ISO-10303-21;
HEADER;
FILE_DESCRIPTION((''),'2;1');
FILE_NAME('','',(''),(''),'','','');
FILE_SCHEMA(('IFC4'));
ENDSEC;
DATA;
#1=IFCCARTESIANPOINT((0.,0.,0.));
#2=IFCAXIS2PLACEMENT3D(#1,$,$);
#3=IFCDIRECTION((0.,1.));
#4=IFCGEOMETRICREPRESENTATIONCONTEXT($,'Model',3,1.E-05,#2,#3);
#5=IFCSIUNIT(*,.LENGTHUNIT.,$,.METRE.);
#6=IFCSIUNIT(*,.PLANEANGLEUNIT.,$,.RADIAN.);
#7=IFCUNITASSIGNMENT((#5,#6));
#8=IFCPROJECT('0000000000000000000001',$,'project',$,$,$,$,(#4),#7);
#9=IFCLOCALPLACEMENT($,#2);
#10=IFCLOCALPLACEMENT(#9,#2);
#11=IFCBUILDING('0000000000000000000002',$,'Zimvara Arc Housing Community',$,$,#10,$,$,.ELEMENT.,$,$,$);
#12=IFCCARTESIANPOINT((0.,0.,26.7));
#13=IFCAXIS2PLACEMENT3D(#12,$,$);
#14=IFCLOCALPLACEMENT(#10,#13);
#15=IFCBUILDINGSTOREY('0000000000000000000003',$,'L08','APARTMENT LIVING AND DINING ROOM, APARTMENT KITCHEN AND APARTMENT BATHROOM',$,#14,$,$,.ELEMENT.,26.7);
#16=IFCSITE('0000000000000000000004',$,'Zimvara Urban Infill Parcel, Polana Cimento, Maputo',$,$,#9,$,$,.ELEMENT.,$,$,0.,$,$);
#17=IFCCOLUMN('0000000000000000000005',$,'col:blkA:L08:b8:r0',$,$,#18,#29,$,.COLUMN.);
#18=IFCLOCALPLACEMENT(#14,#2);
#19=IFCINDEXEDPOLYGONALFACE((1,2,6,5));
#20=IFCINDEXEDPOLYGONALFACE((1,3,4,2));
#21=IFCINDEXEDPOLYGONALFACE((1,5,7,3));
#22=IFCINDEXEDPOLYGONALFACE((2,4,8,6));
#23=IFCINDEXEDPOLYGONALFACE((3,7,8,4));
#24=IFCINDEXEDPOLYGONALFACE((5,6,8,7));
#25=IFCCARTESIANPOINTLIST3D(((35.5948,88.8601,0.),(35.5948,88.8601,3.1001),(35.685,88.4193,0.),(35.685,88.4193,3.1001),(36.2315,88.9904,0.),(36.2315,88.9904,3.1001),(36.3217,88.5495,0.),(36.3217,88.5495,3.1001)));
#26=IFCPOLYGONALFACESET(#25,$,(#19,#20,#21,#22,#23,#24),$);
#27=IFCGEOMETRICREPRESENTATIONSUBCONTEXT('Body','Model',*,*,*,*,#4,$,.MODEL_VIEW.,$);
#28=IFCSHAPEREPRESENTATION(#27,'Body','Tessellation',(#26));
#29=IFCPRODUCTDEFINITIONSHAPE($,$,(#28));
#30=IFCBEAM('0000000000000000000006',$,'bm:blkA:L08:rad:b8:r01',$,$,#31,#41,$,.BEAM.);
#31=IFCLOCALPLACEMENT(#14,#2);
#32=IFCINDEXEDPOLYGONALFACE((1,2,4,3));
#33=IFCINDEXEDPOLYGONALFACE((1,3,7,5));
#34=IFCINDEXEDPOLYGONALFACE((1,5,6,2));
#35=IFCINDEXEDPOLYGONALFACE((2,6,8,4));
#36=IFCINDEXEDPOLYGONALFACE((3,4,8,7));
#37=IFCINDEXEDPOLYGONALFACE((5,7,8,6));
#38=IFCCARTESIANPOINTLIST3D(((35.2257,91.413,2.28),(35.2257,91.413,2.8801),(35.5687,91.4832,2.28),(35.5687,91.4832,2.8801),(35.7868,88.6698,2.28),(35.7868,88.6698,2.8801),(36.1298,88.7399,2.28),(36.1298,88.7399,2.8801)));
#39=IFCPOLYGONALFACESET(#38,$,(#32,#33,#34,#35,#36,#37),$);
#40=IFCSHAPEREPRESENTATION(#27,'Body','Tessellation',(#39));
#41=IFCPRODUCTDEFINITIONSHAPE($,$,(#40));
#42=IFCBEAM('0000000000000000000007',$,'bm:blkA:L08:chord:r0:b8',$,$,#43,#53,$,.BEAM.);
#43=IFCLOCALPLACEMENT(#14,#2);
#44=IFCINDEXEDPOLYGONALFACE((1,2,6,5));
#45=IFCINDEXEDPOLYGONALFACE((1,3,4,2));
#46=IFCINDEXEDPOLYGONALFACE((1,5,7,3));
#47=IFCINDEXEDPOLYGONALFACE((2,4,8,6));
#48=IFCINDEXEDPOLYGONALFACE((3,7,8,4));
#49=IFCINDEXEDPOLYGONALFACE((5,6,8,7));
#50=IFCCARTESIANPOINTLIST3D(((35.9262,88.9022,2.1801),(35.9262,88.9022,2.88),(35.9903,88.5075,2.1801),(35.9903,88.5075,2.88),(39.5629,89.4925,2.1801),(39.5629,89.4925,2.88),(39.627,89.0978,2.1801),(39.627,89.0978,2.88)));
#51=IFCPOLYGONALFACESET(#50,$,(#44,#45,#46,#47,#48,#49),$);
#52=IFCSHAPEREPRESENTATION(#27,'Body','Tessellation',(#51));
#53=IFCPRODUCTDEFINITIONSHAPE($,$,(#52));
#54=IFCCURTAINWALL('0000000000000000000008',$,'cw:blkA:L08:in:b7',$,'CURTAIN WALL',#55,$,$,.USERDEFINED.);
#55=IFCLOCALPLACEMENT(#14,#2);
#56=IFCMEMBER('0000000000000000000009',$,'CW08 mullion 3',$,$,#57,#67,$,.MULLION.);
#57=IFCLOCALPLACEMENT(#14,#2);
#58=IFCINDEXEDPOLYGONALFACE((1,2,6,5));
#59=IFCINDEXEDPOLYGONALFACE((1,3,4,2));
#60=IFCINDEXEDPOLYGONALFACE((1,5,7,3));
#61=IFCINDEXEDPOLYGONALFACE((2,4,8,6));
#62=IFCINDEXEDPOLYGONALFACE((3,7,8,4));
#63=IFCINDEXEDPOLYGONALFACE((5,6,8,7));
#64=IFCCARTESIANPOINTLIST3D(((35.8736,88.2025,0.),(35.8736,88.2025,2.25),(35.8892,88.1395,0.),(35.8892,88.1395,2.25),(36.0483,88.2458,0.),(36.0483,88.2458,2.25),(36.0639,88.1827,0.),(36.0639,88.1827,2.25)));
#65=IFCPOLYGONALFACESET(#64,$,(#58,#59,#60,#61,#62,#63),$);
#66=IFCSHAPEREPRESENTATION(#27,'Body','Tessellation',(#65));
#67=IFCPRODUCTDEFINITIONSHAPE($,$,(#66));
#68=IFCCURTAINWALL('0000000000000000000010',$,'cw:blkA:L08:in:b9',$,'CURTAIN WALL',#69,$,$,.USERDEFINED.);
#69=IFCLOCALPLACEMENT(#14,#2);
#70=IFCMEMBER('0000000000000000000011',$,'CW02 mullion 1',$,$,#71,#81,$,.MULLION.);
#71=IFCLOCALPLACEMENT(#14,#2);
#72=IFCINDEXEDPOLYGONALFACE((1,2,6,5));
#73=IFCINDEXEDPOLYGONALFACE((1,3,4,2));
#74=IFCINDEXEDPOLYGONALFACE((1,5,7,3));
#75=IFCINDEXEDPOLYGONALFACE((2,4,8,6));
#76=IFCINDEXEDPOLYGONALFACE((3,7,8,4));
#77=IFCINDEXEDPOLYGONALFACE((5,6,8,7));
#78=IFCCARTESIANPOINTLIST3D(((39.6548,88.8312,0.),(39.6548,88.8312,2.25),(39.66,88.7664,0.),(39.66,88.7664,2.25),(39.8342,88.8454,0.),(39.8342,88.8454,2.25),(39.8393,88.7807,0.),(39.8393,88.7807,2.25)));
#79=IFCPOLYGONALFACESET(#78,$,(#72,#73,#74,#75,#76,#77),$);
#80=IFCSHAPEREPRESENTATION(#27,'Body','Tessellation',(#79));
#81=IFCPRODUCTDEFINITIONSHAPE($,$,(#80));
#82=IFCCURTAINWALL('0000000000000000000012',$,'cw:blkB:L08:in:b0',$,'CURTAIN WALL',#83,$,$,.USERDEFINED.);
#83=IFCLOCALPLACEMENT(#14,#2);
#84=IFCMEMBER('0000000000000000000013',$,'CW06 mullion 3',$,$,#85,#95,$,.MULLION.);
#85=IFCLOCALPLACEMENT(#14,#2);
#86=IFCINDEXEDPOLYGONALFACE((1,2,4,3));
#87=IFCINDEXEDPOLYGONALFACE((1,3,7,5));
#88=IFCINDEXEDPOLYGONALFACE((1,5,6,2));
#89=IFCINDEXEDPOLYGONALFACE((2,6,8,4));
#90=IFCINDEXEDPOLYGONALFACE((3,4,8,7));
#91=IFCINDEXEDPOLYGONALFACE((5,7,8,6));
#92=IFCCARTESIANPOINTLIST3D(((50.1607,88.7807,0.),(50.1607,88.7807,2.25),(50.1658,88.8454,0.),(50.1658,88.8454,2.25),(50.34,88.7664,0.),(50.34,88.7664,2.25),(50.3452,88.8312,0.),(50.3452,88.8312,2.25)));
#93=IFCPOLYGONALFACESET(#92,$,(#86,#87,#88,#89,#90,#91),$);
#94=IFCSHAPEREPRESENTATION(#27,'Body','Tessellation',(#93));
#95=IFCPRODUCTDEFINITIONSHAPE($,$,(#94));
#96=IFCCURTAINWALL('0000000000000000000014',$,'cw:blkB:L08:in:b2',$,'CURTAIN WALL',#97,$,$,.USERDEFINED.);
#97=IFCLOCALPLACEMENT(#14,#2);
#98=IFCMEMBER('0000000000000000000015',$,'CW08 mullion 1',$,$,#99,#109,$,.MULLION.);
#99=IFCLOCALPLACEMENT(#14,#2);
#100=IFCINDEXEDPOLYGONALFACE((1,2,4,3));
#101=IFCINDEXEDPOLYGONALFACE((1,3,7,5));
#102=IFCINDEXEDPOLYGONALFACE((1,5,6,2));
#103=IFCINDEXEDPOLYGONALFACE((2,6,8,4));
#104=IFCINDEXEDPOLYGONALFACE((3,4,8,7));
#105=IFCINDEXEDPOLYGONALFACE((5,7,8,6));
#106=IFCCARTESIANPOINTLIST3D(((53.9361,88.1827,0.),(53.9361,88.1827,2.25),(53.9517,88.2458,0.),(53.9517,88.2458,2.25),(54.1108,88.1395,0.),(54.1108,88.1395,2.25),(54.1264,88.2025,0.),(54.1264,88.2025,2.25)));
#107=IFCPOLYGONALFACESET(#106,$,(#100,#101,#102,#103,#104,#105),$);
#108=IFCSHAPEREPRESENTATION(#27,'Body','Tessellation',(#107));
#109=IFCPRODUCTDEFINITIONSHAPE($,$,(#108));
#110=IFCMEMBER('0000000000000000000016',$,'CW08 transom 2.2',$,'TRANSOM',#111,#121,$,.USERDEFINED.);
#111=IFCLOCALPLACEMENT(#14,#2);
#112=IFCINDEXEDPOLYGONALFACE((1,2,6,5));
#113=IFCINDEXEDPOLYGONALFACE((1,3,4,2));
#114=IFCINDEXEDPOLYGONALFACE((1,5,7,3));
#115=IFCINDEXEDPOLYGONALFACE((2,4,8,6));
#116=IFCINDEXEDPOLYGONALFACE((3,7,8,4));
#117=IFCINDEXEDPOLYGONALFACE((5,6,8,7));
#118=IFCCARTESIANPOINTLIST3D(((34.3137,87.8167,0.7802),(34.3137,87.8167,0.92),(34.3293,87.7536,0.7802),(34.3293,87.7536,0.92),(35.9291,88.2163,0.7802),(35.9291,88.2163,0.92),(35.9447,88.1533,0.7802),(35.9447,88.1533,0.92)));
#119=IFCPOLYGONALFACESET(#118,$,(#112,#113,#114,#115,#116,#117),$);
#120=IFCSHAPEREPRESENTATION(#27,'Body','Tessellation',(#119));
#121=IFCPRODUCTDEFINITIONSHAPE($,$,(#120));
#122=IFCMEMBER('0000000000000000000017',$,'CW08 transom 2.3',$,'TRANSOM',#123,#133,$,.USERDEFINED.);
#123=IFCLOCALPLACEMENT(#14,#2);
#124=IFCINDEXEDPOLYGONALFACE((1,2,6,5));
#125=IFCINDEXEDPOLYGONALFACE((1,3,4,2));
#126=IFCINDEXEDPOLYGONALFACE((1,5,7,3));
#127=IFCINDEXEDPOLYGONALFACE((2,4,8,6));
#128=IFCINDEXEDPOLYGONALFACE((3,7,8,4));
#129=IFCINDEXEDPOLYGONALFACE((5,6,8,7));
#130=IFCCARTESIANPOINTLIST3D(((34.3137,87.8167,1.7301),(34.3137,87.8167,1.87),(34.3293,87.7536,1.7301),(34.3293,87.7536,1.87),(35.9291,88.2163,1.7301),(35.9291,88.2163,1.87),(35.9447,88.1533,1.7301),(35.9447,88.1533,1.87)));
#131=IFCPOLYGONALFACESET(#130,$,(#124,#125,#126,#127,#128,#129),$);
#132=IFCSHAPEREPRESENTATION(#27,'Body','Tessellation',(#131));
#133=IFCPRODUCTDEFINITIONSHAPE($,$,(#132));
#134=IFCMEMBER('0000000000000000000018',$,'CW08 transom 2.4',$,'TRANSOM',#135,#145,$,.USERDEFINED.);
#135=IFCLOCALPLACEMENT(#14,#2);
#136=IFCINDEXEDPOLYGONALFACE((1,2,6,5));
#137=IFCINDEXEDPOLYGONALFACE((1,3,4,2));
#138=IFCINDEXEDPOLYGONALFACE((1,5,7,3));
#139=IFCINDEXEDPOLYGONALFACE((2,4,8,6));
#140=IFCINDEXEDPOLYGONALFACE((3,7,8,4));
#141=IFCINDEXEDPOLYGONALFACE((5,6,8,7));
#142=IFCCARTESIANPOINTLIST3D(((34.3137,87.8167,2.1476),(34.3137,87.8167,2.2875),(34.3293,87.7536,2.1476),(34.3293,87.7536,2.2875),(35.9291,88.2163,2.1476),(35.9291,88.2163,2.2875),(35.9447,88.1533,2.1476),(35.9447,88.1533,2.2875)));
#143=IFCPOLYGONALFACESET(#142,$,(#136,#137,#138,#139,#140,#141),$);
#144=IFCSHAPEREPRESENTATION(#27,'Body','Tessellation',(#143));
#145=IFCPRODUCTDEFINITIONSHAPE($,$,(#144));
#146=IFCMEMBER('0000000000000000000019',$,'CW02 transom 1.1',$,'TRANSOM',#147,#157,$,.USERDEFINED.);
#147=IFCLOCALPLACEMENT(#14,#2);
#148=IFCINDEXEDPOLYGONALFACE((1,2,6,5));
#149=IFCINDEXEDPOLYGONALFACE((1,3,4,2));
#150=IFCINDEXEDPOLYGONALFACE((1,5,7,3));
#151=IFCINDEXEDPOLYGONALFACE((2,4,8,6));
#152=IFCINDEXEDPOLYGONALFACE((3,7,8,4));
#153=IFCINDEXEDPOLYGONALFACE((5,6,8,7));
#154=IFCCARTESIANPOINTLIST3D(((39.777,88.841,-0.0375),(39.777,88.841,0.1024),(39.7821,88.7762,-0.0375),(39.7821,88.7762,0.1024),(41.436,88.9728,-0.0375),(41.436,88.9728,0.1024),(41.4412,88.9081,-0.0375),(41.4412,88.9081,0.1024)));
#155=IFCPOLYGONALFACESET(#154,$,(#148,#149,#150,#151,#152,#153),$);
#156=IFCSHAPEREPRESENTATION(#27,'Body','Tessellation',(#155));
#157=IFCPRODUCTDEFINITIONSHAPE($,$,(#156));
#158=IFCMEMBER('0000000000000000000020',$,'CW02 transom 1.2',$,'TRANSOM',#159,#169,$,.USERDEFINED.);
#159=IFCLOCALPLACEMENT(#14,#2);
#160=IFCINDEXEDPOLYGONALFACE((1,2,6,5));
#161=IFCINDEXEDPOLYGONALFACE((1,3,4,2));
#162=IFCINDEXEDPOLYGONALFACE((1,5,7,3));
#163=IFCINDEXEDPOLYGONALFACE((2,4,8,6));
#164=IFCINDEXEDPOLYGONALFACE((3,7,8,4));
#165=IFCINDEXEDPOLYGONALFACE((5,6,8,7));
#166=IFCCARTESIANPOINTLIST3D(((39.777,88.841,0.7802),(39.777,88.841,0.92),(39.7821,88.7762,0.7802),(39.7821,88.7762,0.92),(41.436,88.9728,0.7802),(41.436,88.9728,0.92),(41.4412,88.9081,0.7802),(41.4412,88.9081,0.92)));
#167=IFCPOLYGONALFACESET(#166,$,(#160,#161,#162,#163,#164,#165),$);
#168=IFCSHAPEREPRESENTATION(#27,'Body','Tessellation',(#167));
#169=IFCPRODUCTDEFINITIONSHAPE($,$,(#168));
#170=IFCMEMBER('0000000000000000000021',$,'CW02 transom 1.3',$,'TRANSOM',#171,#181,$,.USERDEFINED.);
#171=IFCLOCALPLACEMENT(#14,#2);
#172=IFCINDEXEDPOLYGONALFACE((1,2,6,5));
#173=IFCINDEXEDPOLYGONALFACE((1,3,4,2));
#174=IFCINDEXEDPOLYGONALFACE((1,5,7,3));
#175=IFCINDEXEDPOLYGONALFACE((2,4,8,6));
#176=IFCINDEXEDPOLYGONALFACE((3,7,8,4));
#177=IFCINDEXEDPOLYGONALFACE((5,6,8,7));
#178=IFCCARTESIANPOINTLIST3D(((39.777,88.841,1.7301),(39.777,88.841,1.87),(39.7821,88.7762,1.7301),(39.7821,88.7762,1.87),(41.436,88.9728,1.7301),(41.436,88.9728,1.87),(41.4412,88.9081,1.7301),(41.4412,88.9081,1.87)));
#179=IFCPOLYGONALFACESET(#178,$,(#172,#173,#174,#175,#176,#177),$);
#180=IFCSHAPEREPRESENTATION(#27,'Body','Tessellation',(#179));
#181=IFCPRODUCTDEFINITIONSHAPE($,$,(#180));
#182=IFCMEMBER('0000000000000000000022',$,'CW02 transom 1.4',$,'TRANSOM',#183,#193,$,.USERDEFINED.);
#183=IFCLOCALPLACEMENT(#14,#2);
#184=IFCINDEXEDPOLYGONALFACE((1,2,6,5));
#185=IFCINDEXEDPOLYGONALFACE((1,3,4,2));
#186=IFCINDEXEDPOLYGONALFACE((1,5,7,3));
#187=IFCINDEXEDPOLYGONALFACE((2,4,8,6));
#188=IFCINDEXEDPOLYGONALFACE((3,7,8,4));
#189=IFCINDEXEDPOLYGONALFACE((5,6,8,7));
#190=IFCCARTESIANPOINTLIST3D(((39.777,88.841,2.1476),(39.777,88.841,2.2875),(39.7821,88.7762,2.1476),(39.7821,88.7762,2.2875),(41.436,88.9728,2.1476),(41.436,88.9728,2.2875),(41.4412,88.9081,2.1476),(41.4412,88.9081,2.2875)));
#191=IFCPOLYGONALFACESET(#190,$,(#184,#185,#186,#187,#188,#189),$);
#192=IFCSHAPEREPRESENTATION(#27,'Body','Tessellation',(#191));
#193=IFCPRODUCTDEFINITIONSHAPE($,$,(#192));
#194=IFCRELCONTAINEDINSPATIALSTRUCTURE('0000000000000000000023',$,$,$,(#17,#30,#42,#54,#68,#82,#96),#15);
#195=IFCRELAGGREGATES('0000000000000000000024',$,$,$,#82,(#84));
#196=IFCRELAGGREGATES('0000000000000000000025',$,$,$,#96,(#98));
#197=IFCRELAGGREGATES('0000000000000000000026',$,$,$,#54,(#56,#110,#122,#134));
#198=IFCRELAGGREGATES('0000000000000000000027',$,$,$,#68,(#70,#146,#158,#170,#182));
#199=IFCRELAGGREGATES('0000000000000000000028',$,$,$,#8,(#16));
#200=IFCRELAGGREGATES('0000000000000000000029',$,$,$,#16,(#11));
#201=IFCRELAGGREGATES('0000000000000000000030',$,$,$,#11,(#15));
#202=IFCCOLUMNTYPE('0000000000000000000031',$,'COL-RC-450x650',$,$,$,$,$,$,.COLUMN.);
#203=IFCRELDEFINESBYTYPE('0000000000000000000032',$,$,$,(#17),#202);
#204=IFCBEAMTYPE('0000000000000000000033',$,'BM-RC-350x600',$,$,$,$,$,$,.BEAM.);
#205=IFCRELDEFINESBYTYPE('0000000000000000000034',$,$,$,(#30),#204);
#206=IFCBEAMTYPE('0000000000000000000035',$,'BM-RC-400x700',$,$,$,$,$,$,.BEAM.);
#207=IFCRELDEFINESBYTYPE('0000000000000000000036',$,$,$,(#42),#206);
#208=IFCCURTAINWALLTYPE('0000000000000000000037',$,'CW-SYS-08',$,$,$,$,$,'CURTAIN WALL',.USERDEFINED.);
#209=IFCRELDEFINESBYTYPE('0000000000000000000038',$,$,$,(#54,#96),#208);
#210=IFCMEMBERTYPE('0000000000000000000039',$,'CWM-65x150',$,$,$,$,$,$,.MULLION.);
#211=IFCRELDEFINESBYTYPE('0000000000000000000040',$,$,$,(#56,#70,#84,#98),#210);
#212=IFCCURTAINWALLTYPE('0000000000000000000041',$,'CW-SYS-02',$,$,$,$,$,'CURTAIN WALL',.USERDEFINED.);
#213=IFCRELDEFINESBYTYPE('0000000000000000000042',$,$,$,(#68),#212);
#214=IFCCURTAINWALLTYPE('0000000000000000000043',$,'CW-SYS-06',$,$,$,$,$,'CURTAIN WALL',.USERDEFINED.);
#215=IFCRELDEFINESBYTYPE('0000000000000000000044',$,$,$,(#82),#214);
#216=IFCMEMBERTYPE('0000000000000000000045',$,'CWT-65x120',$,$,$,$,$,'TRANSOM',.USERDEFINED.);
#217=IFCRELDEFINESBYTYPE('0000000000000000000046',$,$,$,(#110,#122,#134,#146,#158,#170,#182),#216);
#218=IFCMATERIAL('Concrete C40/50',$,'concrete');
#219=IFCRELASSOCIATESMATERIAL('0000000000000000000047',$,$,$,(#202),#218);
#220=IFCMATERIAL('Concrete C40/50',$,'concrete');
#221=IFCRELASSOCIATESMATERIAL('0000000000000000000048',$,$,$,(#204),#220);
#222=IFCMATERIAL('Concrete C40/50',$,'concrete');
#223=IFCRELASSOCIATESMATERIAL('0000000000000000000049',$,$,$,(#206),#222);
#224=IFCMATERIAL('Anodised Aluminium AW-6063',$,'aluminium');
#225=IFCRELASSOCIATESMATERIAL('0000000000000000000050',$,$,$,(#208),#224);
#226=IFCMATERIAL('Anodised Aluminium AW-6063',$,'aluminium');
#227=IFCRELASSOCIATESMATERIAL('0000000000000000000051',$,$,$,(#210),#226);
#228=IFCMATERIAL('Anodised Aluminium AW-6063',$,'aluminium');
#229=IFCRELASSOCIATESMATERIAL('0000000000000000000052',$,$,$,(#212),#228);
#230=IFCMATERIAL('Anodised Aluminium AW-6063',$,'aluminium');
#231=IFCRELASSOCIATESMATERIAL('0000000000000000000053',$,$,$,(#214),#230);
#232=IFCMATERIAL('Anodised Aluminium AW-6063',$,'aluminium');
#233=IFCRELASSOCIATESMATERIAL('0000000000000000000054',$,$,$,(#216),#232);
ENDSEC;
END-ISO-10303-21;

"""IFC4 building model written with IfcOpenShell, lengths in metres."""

from ifc_helpers import new_model, si_unit, direction, frame, origin, origin_2d, place, context, subcontext, project, spatial, rectangle, extrude, material, material_profile, profile_set, type_object, element, aggregate, save


model = new_model("IFC4")

# Units and contexts
model_context = context("Model", 3, precision=1e-05, world=origin(), true_north=direction((0.0, 1.0)))
body_context = subcontext(model_context, "Body", "Model", "MODEL_VIEW")
ifc_project = project(units=[si_unit("LENGTHUNIT", "METRE"), si_unit("PLANEANGLEUNIT", "RADIAN")], contexts=[model_context])

# Site, building, storey
site_placement = place(None, origin())
site = spatial("IfcSite", under=ifc_project, at=site_placement, Name="Zimvara Urban Infill Parcel, Polana Cimento, Maputo", CompositionType="ELEMENT", RefElevation=0.0)
building_placement = place(site_placement, origin())
building = spatial("IfcBuilding", under=site, at=building_placement, Name="Zimvara Arc Housing Community", CompositionType="ELEMENT")
storey_placement = place(building_placement, frame((0.0, 0.0, 26.7)))
storey = spatial("IfcBuildingStorey", under=building, at=storey_placement, Name="L08", Description="APARTMENT LIVING AND DINING ROOM, APARTMENT KITCHEN AND APARTMENT BATHROOM", CompositionType="ELEMENT", Elevation=26.7)

# Column
ifc_material_1 = material(Name="Concrete C40/50", Category="concrete")
ifc_material_profile_1 = material_profile(ifc_material_1, rectangle(XDim=0.45, YDim=0.6499, at=origin_2d()), Name="RC 450x650")
ifc_profile_set_1 = profile_set([ifc_material_profile_1], Name="Concrete C40/50")
column_type = type_object("IfcColumnType", Name="COL-RC-450x650", PredefinedType="COLUMN", material=ifc_profile_set_1)
column_placement = place(storey_placement, frame((35.9583, 88.7048, 0.0), z_axis=(0.0, 0.0, 1.0), x_axis=(-0.200394, 0.979715, 0.0)))
element("IfcColumn", 1, at=column_placement, inside=storey, type_object=column_type, Name="col:blkA:L08:b8:r0", PredefinedType="COLUMN", context=body_context, shape_type="SweptSolid", body=[
    extrude(rectangle(XDim=0.45, YDim=0.6499, at=origin_2d()), origin(), (0.0, 0.0, 1.0), 3.1001),
])

# Beams
ifc_material_2 = material(Name="Concrete C40/50", Category="concrete")
ifc_material_profile_2 = material_profile(ifc_material_2, rectangle(XDim=0.3501, YDim=0.6001, at=origin_2d()), Name="RC 350x600")
ifc_profile_set_2 = profile_set([ifc_material_profile_2], Name="Concrete C40/50")
beam_type_1 = type_object("IfcBeamType", Name="BM-RC-350x600", PredefinedType="BEAM", material=ifc_profile_set_2)
beam_1_placement = place(storey_placement, frame((35.9583, 88.7048, 2.5801), z_axis=(-0.200373, 0.97972, 0.0), x_axis=(-0.97972, -0.200373, 0.0)))
element("IfcBeam", 2, at=beam_1_placement, inside=storey, type_object=beam_type_1, Name="bm:blkA:L08:rad:b8:r01", PredefinedType="BEAM", context=body_context, shape_type="SweptSolid", body=[
    extrude(rectangle(XDim=0.3501, YDim=0.6001, at=origin_2d()), origin(), (0.0, 0.0, 1.0), 2.8),
])
ifc_material_3 = material(Name="Concrete C40/50", Category="concrete")
ifc_material_profile_3 = material_profile(ifc_material_3, rectangle(XDim=0.3999, YDim=0.7, at=origin_2d()), Name="RC 400x700")
ifc_profile_set_3 = profile_set([ifc_material_profile_3], Name="Concrete C40/50")
beam_type_2 = type_object("IfcBeamType", Name="BM-RC-400x700", PredefinedType="BEAM", material=ifc_profile_set_3)
beam_2_placement = place(storey_placement, frame((35.9583, 88.7048, 2.53), z_axis=(0.98708, 0.160228, 0.0), x_axis=(-0.160228, 0.98708, 0.0)))
element("IfcBeam", 3, at=beam_2_placement, inside=storey, type_object=beam_type_2, Name="bm:blkA:L08:chord:r0:b8", PredefinedType="BEAM", context=body_context, shape_type="SweptSolid", body=[
    extrude(rectangle(XDim=0.3999, YDim=0.7, at=origin_2d()), origin(), (0.0, 0.0, 1.0), 3.6843),
])

# Curtain walls, members
ifc_material_4 = material(Name="Anodised Aluminium AW-6063", Category="aluminium")
curtain_wall_type_1 = type_object("IfcCurtainWallType", Name="CW-SYS-08", ElementType="CURTAIN WALL", PredefinedType="USERDEFINED", material=ifc_material_4)
curtain_wall_1_placement = place(storey_placement, origin())
curtain_wall_1 = element("IfcCurtainWall", 4, at=curtain_wall_1_placement, inside=storey, type_object=curtain_wall_type_1, Name="cw:blkA:L08:in:b7", ObjectType="CURTAIN WALL", PredefinedType="USERDEFINED")
ifc_material_5 = material(Name="Anodised Aluminium AW-6063", Category="aluminium")
ifc_material_profile_4 = material_profile(ifc_material_5, rectangle(XDim=0.0649, YDim=0.1799, at=origin_2d()), Name="ALU 65x180")
ifc_profile_set_4 = profile_set([ifc_material_profile_4], Name="Anodised Aluminium AW-6063")
member_type_1 = type_object("IfcMemberType", Name="CWM-65x150", PredefinedType="MULLION", material=ifc_profile_set_4)
member_1_placement = place(storey_placement, frame((35.9688, 88.1926, 0.0), z_axis=(0.0, 0.0, 1.0), x_axis=(-0.240228, 0.970717, 0.0)))
member_1 = element("IfcMember", 5, at=member_1_placement, type_object=member_type_1, Name="CW08 mullion 3", PredefinedType="MULLION", context=body_context, shape_type="SweptSolid", body=[
    extrude(rectangle(XDim=0.0649, YDim=0.1799, at=origin_2d()), origin(), (0.0, 0.0, 1.0), 2.25),
])
ifc_material_6 = material(Name="Anodised Aluminium AW-6063", Category="aluminium")
curtain_wall_type_2 = type_object("IfcCurtainWallType", Name="CW-SYS-02", ElementType="CURTAIN WALL", PredefinedType="USERDEFINED", material=ifc_material_6)
curtain_wall_2_placement = place(storey_placement, origin())
curtain_wall_2 = element("IfcCurtainWall", 6, at=curtain_wall_2_placement, inside=storey, type_object=curtain_wall_type_2, Name="cw:blkA:L08:in:b9", ObjectType="CURTAIN WALL", PredefinedType="USERDEFINED")
member_2_placement = place(storey_placement, frame((39.7471, 88.8059, 0.0), z_axis=(0.0, 0.0, 1.0), x_axis=(-0.079155, 0.996862, 0.0)))
member_2 = element("IfcMember", 7, at=member_2_placement, type_object=member_type_1, Name="CW02 mullion 1", PredefinedType="MULLION", context=body_context, shape_type="SweptSolid", body=[
    extrude(rectangle(XDim=0.0649, YDim=0.1799, at=origin_2d()), origin(), (0.0, 0.0, 1.0), 2.25),
])
ifc_material_7 = material(Name="Anodised Aluminium AW-6063", Category="aluminium")
curtain_wall_type_3 = type_object("IfcCurtainWallType", Name="CW-SYS-06", ElementType="CURTAIN WALL", PredefinedType="USERDEFINED", material=ifc_material_7)
curtain_wall_3_placement = place(storey_placement, origin())
curtain_wall_3 = element("IfcCurtainWall", 8, at=curtain_wall_3_placement, inside=storey, type_object=curtain_wall_type_3, Name="cw:blkB:L08:in:b0", ObjectType="CURTAIN WALL", PredefinedType="USERDEFINED")
member_3_placement = place(storey_placement, frame((50.2529, 88.8059, 0.0), z_axis=(0.0, 0.0, 1.0), x_axis=(0.079155, 0.996862, 0.0)))
member_3 = element("IfcMember", 9, at=member_3_placement, type_object=member_type_1, Name="CW06 mullion 3", PredefinedType="MULLION", context=body_context, shape_type="SweptSolid", body=[
    extrude(rectangle(XDim=0.0649, YDim=0.1799, at=origin_2d()), origin(), (0.0, 0.0, 1.0), 2.25),
])
aggregate(curtain_wall_3, [member_3])
curtain_wall_4_placement = place(storey_placement, origin())
curtain_wall_4 = element("IfcCurtainWall", 10, at=curtain_wall_4_placement, inside=storey, type_object=curtain_wall_type_1, Name="cw:blkB:L08:in:b2", ObjectType="CURTAIN WALL", PredefinedType="USERDEFINED")
member_4_placement = place(storey_placement, frame((54.0312, 88.1926, 0.0), z_axis=(0.0, 0.0, 1.0), x_axis=(0.240228, 0.970717, 0.0)))
member_4 = element("IfcMember", 11, at=member_4_placement, type_object=member_type_1, Name="CW08 mullion 1", PredefinedType="MULLION", context=body_context, shape_type="SweptSolid", body=[
    extrude(rectangle(XDim=0.0649, YDim=0.1799, at=origin_2d()), origin(), (0.0, 0.0, 1.0), 2.25),
])
aggregate(curtain_wall_4, [member_4])

# Members
ifc_material_8 = material(Name="Anodised Aluminium AW-6063", Category="aluminium")
ifc_material_profile_5 = material_profile(ifc_material_8, rectangle(XDim=0.0649, YDim=0.1399, at=origin_2d()), Name="ALU 65x140")
ifc_profile_set_5 = profile_set([ifc_material_profile_5], Name="Anodised Aluminium AW-6063")
member_type_2 = type_object("IfcMemberType", Name="CWT-65x120", ElementType="TRANSOM", PredefinedType="USERDEFINED", material=ifc_profile_set_5)
member_5_placement = place(storey_placement, frame((34.3215, 87.7852, 0.8501), z_axis=(0.970735, 0.240153, 0.0), x_axis=(-0.240153, 0.970735, 0.0)))
member_5 = element("IfcMember", 12, at=member_5_placement, type_object=member_type_2, Name="CW08 transom 2.2", ObjectType="TRANSOM", PredefinedType="USERDEFINED", context=body_context, shape_type="SweptSolid", body=[
    extrude(rectangle(XDim=0.0649, YDim=0.1399, at=origin_2d()), origin(), (0.0, 0.0, 1.0), 1.6641),
])
member_6_placement = place(storey_placement, frame((34.3215, 87.7852, 1.8), z_axis=(0.970735, 0.240153, 0.0), x_axis=(-0.240153, 0.970735, 0.0)))
member_6 = element("IfcMember", 13, at=member_6_placement, type_object=member_type_2, Name="CW08 transom 2.3", ObjectType="TRANSOM", PredefinedType="USERDEFINED", context=body_context, shape_type="SweptSolid", body=[
    extrude(rectangle(XDim=0.0649, YDim=0.1399, at=origin_2d()), origin(), (0.0, 0.0, 1.0), 1.6641),
])
member_7_placement = place(storey_placement, frame((34.3215, 87.7852, 2.2175), z_axis=(0.970735, 0.240153, 0.0), x_axis=(-0.240153, 0.970735, 0.0)))
member_7 = element("IfcMember", 14, at=member_7_placement, type_object=member_type_2, Name="CW08 transom 2.4", ObjectType="TRANSOM", PredefinedType="USERDEFINED", context=body_context, shape_type="SweptSolid", body=[
    extrude(rectangle(XDim=0.0649, YDim=0.1399, at=origin_2d()), origin(), (0.0, 0.0, 1.0), 1.6641),
])
member_8_placement = place(storey_placement, frame((39.7795, 88.8086, 0.0325), z_axis=(0.996858, 0.079209, 0.0), x_axis=(-0.079209, 0.996858, 0.0)))
member_8 = element("IfcMember", 15, at=member_8_placement, type_object=member_type_2, Name="CW02 transom 1.1", ObjectType="TRANSOM", PredefinedType="USERDEFINED", context=body_context, shape_type="SweptSolid", body=[
    extrude(rectangle(XDim=0.0649, YDim=0.1399, at=origin_2d()), origin(), (0.0, 0.0, 1.0), 1.6643),
])
member_9_placement = place(storey_placement, frame((39.7795, 88.8086, 0.8501), z_axis=(0.996858, 0.079209, 0.0), x_axis=(-0.079209, 0.996858, 0.0)))
member_9 = element("IfcMember", 16, at=member_9_placement, type_object=member_type_2, Name="CW02 transom 1.2", ObjectType="TRANSOM", PredefinedType="USERDEFINED", context=body_context, shape_type="SweptSolid", body=[
    extrude(rectangle(XDim=0.0649, YDim=0.1399, at=origin_2d()), origin(), (0.0, 0.0, 1.0), 1.6643),
])
member_10_placement = place(storey_placement, frame((39.7795, 88.8086, 1.8), z_axis=(0.996858, 0.079209, 0.0), x_axis=(-0.079209, 0.996858, 0.0)))
member_10 = element("IfcMember", 17, at=member_10_placement, type_object=member_type_2, Name="CW02 transom 1.3", ObjectType="TRANSOM", PredefinedType="USERDEFINED", context=body_context, shape_type="SweptSolid", body=[
    extrude(rectangle(XDim=0.0649, YDim=0.1399, at=origin_2d()), origin(), (0.0, 0.0, 1.0), 1.6643),
])
member_11_placement = place(storey_placement, frame((39.7795, 88.8086, 2.2175), z_axis=(0.996858, 0.079209, 0.0), x_axis=(-0.079209, 0.996858, 0.0)))
member_11 = element("IfcMember", 18, at=member_11_placement, type_object=member_type_2, Name="CW02 transom 1.4", ObjectType="TRANSOM", PredefinedType="USERDEFINED", context=body_context, shape_type="SweptSolid", body=[
    extrude(rectangle(XDim=0.0649, YDim=0.1399, at=origin_2d()), origin(), (0.0, 0.0, 1.0), 1.6643),
])

aggregate(curtain_wall_1, [member_1, member_5, member_6, member_7])
aggregate(curtain_wall_2, [member_2, member_8, member_9, member_10, member_11])

save(model, "model.ifc")
